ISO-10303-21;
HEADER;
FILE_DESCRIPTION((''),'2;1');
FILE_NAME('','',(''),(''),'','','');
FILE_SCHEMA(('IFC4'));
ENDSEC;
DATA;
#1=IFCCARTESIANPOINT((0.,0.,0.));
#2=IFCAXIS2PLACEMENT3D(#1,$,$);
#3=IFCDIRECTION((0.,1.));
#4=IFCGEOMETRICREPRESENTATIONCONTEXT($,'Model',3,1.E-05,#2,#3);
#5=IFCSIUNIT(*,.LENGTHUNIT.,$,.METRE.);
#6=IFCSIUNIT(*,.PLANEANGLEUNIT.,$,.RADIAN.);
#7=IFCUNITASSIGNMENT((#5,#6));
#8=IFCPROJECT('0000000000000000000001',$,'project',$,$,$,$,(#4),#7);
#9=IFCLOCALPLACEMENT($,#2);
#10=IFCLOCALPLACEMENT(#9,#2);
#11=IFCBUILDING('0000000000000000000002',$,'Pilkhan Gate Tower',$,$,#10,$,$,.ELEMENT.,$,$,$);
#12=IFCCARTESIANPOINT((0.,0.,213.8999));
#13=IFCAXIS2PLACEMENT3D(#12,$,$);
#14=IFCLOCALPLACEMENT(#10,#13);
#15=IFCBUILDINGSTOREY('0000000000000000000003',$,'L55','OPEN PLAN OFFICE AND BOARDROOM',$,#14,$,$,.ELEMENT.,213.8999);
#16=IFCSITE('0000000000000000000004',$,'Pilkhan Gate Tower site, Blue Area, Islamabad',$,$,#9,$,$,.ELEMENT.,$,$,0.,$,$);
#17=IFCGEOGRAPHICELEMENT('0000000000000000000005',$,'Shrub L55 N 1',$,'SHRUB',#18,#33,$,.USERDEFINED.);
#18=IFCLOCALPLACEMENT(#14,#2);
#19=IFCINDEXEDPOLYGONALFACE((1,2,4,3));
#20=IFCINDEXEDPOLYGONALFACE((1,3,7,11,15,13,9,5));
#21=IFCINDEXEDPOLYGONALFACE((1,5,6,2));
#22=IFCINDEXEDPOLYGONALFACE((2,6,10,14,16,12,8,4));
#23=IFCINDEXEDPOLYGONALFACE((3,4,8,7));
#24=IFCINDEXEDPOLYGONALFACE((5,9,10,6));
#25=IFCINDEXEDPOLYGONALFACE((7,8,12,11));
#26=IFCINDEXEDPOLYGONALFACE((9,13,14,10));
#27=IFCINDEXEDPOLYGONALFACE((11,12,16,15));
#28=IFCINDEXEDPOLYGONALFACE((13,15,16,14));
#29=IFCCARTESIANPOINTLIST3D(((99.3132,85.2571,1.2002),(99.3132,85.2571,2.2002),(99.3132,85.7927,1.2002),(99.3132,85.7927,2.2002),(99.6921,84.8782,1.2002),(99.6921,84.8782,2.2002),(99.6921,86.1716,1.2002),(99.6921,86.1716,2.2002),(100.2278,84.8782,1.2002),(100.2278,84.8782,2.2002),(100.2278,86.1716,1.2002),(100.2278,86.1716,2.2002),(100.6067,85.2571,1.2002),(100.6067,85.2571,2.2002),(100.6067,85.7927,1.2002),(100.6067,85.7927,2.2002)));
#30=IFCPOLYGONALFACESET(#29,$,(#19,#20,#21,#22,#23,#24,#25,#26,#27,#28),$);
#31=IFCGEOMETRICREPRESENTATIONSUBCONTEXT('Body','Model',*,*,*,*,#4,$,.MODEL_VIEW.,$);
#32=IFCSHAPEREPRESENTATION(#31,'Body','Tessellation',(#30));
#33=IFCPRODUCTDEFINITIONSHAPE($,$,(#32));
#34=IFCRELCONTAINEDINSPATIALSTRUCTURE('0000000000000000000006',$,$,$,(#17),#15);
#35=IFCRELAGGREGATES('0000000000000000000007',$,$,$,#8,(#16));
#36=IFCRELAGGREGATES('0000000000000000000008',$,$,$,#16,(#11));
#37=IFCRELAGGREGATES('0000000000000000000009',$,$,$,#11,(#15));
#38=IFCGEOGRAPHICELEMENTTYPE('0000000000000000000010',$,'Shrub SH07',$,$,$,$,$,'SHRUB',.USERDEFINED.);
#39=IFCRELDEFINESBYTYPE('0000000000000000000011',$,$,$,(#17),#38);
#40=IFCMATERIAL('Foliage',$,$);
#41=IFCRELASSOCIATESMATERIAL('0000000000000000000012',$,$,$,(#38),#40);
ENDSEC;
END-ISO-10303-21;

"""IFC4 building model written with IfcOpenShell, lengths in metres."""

from ifc_helpers import new_model, si_unit, direction, frame, origin, place, context, subcontext, project, spatial, polyline, outline, extrude, material, material_profile, profile_set, type_object, element, save


model = new_model("IFC4")

# Units and contexts
model_context = context("Model", 3, precision=1e-05, world=origin(), true_north=direction((0.0, 1.0)))
body_context = subcontext(model_context, "Body", "Model", "MODEL_VIEW")
ifc_project = project(units=[si_unit("LENGTHUNIT", "METRE"), si_unit("PLANEANGLEUNIT", "RADIAN")], contexts=[model_context])

# Site, building, storey
site_placement = place(None, origin())
site = spatial("IfcSite", under=ifc_project, at=site_placement, Name="Pilkhan Gate Tower site, Blue Area, Islamabad", CompositionType="ELEMENT", RefElevation=0.0)
building_placement = place(site_placement, origin())
building = spatial("IfcBuilding", under=site, at=building_placement, Name="Pilkhan Gate Tower", CompositionType="ELEMENT")
storey_placement = place(building_placement, frame((0.0, 0.0, 213.8999)))
storey = spatial("IfcBuildingStorey", under=building, at=storey_placement, Name="L55", Description="OPEN PLAN OFFICE AND BOARDROOM", CompositionType="ELEMENT", Elevation=213.8999)

# Geographic element
ifc_material_1 = material(Name="Foliage")
ifc_material_profile_1 = material_profile(ifc_material_1, outline(polyline([(0.6467, 0.2678), (0.2678, 0.6467), (-0.2678, 0.6467), (-0.6467, 0.2678), (-0.6467, -0.2678), (-0.2678, -0.6467), (0.2678, -0.6467), (0.6467, -0.2678), (0.6467, 0.2678)])), Name="Shrub D1.4")
ifc_profile_set_1 = profile_set([ifc_material_profile_1], Name="Foliage")
geographic_element_type_1 = type_object("IfcGeographicElementType", Name="Shrub SH07", ElementType="SHRUB", PredefinedType="USERDEFINED", material=ifc_profile_set_1)
geographic_element_1_placement = place(storey_placement, frame((99.96, 85.5249, 1.2002), z_axis=(0.0, 0.0, 1.0), x_axis=(1.0, 0.0, 0.0)))
element("IfcGeographicElement", 1, at=geographic_element_1_placement, inside=storey, type_object=geographic_element_type_1, Name="Shrub L55 N 1", ObjectType="SHRUB", PredefinedType="USERDEFINED", context=body_context, shape_type="SweptSolid", body=[
    extrude(outline(polyline([(0.6467, 0.2678), (0.2678, 0.6467), (-0.2678, 0.6467), (-0.6467, 0.2678), (-0.6467, -0.2678), (-0.2678, -0.6467), (0.2678, -0.6467), (0.6467, -0.2678), (0.6467, 0.2678)])), origin(), (0.0, 0.0, 1.0), 1.0),
])

save(model, "model.ifc")
